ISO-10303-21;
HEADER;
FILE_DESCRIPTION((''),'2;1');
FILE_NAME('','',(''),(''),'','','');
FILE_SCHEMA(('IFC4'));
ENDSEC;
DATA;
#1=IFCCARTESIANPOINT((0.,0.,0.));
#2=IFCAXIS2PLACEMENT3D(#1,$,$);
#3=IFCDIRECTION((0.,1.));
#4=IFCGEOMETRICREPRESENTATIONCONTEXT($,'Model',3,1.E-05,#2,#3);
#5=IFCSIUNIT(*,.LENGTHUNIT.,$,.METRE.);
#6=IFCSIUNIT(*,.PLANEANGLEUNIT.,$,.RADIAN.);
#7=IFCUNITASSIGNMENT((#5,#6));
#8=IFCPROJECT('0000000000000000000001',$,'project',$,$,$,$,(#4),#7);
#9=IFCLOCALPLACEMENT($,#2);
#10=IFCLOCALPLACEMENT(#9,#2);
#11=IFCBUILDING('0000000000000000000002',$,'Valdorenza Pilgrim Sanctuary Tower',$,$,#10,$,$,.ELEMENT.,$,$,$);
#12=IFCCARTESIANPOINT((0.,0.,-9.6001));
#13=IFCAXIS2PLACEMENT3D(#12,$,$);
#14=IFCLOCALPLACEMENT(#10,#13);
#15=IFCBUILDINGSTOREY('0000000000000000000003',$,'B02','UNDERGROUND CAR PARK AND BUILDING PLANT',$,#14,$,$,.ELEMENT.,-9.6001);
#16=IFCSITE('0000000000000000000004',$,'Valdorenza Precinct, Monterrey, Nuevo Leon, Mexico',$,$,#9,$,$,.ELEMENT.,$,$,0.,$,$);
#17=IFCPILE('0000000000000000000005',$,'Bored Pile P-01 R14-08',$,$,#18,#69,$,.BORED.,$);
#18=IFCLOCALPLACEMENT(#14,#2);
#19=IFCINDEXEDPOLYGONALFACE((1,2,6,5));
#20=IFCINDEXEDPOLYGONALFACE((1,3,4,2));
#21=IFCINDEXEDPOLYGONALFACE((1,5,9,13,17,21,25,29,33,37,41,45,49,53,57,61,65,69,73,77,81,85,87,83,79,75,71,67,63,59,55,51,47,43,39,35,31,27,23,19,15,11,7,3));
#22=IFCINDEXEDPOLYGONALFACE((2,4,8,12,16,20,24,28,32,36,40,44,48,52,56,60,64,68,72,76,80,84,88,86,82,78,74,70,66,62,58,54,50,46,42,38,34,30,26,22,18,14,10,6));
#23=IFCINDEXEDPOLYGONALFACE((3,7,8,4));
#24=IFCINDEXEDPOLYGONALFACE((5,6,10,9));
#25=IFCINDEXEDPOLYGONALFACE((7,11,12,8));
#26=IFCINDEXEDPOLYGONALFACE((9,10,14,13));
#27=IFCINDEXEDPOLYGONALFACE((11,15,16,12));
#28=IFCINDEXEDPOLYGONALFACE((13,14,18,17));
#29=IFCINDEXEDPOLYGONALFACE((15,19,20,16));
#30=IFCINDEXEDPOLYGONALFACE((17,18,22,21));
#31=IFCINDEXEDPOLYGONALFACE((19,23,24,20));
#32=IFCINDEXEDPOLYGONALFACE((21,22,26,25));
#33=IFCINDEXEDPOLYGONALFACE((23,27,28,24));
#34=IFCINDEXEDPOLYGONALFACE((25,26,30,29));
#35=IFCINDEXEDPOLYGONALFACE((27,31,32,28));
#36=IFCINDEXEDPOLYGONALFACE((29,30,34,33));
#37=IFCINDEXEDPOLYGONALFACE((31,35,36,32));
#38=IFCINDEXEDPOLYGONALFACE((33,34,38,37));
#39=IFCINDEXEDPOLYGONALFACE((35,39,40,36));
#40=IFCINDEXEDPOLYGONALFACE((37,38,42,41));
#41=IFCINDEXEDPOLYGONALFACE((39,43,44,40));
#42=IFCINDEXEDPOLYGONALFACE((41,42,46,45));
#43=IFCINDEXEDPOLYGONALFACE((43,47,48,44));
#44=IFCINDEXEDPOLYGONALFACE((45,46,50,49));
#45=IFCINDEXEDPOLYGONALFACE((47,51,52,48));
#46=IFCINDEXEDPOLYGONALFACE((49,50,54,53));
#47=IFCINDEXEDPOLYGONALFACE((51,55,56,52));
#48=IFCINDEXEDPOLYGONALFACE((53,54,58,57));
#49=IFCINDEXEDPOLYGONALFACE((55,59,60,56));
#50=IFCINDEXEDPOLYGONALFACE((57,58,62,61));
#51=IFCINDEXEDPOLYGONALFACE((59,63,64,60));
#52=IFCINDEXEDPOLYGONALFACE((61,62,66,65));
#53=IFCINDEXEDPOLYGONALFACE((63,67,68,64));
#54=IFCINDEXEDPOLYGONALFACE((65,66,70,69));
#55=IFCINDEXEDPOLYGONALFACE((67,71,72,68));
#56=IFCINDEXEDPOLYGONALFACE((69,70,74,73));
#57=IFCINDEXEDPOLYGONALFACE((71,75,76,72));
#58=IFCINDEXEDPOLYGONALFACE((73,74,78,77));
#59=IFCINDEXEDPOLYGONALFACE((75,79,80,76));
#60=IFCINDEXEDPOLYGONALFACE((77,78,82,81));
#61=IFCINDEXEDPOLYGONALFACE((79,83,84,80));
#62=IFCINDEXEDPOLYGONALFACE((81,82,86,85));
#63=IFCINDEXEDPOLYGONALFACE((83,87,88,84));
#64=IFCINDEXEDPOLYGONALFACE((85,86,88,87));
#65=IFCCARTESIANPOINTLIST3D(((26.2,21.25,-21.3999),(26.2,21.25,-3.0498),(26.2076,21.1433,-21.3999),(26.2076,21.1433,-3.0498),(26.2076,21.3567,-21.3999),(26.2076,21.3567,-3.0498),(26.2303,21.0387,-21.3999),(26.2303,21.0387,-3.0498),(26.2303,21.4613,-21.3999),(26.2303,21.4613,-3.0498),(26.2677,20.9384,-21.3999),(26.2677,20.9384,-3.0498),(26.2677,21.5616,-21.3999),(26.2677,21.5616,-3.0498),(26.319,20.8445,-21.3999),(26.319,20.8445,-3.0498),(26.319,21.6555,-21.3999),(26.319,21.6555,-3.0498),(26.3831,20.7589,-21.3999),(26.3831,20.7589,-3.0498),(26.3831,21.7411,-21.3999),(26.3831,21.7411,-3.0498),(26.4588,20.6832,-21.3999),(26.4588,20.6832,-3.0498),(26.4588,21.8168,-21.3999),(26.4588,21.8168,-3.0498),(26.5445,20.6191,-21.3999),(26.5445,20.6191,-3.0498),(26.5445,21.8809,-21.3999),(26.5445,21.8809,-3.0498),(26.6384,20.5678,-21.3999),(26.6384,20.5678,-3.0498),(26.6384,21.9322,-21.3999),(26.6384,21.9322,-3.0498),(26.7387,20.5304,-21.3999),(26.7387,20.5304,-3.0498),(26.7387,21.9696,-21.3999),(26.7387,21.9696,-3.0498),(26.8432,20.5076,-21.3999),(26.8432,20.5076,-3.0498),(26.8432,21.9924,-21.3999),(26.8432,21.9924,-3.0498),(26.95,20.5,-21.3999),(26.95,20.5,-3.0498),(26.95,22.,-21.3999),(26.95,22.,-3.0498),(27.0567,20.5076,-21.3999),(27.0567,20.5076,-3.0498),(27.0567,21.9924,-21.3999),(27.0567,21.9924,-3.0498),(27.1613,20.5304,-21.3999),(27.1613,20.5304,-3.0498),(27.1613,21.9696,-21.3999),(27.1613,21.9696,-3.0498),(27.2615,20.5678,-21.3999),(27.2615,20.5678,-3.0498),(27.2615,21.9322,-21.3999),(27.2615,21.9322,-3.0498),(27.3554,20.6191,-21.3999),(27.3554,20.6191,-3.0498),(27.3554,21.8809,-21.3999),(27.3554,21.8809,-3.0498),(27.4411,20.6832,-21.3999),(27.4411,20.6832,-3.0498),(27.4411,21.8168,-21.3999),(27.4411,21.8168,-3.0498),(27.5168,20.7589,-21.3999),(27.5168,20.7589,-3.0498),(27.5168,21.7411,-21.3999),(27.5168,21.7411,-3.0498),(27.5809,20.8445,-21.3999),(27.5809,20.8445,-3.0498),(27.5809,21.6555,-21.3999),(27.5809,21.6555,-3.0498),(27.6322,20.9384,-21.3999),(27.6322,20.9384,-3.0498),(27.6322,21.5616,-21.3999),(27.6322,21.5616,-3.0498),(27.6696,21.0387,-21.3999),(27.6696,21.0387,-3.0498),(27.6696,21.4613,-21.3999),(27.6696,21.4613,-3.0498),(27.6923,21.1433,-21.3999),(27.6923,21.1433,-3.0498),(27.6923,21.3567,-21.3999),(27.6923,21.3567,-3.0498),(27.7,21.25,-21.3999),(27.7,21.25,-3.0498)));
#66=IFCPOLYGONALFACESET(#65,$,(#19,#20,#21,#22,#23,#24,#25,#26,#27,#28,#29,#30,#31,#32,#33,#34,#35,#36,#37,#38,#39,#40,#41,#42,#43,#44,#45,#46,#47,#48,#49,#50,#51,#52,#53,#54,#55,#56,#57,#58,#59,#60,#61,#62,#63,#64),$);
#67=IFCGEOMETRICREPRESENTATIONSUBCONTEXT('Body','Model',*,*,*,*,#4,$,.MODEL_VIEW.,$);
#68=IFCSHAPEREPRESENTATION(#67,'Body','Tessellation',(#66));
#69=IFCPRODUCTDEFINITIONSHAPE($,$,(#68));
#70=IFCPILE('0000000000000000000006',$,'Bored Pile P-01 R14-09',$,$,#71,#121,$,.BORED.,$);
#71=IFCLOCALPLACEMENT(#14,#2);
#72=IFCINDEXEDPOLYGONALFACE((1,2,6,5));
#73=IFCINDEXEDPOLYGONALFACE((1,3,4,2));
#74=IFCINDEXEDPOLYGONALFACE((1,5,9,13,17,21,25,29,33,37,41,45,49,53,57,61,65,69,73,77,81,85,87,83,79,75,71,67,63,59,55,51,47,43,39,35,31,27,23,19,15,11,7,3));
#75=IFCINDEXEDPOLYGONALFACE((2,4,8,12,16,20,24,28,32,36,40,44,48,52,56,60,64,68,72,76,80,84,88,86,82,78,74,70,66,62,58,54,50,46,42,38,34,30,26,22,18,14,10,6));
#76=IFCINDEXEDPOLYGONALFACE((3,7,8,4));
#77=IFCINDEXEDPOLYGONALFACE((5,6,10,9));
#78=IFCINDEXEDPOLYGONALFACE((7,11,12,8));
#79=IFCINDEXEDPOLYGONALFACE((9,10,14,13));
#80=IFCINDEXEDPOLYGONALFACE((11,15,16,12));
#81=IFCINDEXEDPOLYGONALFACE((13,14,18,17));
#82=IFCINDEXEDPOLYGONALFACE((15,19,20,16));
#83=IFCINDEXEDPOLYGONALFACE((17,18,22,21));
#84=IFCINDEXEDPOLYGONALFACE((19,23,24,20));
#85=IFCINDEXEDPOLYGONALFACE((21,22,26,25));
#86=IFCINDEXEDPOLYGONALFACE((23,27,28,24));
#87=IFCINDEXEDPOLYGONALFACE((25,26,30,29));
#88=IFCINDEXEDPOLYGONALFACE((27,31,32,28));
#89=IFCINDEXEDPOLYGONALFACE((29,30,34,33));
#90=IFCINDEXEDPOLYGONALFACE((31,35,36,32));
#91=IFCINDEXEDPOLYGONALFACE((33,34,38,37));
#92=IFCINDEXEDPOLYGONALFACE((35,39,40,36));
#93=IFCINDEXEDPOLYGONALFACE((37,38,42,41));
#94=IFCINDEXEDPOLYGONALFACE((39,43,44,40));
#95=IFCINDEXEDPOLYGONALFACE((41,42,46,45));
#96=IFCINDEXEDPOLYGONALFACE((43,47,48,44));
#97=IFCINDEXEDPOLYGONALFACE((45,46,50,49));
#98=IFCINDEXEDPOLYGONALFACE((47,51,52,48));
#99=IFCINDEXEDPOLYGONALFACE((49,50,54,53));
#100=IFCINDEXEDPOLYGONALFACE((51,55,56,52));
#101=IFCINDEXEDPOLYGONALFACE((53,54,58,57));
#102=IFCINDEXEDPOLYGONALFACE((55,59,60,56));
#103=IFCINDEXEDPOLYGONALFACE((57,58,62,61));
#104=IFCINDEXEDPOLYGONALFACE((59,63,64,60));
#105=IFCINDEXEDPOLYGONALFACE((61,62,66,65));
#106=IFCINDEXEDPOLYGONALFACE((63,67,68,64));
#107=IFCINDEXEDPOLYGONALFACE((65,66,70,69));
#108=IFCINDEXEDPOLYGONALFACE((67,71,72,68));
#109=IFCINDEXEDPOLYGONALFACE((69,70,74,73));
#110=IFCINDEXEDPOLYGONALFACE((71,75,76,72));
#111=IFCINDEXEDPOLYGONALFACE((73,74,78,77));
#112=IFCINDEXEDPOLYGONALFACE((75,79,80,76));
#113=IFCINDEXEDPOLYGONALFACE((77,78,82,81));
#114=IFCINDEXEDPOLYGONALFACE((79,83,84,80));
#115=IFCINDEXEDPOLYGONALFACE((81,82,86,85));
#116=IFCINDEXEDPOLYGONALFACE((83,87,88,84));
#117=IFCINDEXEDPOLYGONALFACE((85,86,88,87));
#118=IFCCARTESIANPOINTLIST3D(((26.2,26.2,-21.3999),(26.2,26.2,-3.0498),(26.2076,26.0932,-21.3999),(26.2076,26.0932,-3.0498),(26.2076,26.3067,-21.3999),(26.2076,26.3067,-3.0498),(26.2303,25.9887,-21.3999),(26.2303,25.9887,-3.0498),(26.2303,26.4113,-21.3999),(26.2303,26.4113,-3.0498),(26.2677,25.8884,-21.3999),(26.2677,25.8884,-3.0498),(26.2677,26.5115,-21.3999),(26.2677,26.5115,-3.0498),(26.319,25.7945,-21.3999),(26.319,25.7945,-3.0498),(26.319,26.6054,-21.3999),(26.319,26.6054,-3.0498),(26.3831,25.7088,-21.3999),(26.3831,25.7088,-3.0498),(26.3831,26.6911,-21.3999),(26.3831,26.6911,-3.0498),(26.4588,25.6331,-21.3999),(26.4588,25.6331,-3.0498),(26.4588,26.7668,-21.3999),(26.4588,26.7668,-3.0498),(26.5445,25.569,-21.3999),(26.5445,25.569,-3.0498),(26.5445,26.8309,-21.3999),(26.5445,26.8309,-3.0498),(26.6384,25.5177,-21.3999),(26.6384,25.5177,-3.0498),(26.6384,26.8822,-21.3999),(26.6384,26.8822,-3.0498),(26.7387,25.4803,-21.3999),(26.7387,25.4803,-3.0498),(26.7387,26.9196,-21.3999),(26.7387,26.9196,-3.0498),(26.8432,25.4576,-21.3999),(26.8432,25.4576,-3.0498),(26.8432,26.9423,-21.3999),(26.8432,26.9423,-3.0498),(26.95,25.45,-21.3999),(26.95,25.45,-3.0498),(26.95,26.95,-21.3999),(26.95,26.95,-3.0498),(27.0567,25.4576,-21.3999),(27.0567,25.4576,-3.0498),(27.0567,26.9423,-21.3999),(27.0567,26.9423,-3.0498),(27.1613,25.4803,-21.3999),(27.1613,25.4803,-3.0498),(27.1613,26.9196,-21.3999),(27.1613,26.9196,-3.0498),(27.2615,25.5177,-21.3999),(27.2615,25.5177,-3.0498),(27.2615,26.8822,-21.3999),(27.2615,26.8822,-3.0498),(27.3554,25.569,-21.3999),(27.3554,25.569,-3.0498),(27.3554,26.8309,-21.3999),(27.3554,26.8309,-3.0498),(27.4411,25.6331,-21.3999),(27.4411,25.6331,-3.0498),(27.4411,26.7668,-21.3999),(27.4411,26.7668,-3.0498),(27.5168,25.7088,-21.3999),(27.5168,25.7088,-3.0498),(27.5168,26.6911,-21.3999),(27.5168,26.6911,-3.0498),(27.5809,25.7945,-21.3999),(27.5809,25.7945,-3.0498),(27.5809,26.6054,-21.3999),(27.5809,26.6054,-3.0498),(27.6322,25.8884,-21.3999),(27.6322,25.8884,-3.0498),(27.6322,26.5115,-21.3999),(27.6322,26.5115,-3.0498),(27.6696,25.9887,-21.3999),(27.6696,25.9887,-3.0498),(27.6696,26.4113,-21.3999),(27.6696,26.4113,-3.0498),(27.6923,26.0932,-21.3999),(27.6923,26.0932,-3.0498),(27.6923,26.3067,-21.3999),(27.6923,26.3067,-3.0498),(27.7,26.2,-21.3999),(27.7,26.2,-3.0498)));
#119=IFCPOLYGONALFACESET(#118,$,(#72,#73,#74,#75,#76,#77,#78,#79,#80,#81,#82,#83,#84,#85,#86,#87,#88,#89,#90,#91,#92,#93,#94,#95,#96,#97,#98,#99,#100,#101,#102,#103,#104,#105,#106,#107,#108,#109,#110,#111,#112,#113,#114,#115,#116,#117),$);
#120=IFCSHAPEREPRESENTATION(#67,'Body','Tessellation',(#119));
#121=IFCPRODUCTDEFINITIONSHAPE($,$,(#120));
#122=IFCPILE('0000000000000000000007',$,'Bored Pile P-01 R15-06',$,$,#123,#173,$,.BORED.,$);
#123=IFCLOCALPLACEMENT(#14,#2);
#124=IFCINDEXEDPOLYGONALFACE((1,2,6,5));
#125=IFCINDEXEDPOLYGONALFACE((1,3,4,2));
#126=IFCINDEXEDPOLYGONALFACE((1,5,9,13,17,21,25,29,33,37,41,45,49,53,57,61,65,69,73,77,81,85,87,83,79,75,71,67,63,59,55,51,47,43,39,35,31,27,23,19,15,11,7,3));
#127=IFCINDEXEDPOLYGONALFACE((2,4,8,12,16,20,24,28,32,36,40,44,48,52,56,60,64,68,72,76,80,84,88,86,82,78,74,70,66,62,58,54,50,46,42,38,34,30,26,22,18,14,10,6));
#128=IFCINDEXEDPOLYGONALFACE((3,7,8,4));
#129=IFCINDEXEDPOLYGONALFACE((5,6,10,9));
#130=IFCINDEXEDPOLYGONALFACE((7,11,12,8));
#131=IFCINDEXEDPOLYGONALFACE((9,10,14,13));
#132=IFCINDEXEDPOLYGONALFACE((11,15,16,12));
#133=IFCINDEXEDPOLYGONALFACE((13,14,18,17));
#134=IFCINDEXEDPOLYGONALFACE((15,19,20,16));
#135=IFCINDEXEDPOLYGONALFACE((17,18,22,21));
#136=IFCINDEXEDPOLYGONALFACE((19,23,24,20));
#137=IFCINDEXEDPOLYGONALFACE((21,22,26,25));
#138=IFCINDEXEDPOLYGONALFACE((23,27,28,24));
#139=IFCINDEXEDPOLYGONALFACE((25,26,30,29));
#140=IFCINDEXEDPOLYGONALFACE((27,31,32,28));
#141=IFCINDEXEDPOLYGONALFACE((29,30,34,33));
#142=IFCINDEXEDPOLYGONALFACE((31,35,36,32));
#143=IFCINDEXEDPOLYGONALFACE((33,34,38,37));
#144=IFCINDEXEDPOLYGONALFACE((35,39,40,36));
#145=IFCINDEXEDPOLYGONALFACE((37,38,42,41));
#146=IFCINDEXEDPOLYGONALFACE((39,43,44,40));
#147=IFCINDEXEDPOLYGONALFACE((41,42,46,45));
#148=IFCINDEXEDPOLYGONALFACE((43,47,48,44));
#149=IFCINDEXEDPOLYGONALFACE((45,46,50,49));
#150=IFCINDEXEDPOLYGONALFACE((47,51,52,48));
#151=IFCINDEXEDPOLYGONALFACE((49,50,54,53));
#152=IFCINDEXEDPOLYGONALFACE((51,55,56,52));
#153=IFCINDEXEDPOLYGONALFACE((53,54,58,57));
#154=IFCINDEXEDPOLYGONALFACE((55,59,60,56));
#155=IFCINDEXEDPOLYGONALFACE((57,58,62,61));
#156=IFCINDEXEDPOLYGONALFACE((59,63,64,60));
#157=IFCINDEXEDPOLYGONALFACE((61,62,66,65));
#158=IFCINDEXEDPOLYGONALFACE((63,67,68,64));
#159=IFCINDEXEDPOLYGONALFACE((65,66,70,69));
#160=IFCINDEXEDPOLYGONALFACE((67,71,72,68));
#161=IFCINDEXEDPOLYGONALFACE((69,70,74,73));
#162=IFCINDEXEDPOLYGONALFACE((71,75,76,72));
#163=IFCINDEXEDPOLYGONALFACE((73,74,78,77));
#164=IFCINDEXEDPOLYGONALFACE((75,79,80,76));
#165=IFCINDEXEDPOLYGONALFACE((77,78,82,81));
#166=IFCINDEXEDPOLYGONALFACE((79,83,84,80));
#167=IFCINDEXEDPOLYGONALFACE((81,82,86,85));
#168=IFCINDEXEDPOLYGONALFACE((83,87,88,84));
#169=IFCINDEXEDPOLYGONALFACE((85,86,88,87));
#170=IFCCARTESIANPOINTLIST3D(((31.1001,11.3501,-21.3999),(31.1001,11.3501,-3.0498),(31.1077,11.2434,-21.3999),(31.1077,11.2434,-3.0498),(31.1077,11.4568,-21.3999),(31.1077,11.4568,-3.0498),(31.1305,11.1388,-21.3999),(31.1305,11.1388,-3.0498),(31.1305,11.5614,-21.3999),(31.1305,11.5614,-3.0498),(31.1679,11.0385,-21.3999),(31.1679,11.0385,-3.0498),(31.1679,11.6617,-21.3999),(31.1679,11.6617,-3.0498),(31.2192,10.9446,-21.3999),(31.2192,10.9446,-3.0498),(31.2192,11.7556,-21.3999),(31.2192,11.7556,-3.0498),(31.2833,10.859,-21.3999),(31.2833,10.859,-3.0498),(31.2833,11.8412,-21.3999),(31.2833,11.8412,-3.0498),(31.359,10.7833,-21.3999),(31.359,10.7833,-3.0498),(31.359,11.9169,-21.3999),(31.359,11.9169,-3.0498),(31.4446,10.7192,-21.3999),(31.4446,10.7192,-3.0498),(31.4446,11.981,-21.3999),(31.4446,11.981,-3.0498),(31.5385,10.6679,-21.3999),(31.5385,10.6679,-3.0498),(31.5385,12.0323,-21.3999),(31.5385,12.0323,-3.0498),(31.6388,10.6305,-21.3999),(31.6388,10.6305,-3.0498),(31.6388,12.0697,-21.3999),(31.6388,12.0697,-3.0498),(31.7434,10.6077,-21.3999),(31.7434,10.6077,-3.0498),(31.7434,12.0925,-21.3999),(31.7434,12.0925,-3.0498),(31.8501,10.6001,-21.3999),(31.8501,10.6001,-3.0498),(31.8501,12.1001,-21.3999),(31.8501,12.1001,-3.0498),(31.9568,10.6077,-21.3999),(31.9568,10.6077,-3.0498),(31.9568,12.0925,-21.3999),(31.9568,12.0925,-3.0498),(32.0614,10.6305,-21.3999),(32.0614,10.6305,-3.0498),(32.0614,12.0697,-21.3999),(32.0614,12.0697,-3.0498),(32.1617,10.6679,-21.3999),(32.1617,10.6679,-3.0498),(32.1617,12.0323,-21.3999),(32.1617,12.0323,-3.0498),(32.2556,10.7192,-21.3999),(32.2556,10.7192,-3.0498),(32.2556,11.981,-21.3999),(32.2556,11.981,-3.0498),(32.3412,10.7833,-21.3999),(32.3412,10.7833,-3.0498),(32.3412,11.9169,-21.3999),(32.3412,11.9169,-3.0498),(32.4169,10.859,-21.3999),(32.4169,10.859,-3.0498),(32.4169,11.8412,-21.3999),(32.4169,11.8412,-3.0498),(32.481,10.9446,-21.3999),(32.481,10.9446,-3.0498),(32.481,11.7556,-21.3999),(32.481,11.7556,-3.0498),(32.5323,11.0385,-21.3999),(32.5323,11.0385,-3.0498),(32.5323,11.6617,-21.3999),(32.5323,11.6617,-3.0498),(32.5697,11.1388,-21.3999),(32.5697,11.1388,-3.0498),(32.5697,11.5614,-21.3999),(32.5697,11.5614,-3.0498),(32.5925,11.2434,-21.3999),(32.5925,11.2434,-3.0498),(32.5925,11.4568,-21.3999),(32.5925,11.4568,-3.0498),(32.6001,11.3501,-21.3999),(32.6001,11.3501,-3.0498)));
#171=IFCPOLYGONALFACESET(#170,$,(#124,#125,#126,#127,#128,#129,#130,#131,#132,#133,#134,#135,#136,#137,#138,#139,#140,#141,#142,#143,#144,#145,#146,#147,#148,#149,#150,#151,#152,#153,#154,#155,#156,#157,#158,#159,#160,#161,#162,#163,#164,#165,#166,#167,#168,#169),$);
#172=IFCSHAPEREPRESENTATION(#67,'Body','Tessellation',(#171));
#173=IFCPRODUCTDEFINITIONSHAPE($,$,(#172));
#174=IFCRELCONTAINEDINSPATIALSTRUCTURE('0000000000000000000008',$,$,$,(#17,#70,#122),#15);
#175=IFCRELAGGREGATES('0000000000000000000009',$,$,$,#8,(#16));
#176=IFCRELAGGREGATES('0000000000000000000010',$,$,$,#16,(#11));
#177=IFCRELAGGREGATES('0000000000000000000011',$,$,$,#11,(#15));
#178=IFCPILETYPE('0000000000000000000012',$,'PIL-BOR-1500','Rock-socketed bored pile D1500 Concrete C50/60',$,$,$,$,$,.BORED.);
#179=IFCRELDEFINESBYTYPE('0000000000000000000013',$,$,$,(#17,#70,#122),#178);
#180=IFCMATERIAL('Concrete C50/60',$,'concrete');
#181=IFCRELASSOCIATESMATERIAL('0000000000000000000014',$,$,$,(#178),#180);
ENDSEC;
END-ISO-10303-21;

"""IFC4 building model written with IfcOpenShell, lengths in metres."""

from ifc_helpers import new_model, si_unit, direction, frame, origin, origin_2d, place, context, subcontext, project, spatial, circle, extrude, source, transform, mapped, material, material_profile, profile_set, type_object, element, save


model = new_model("IFC4")

# Units and contexts
model_context = context("Model", 3, precision=1e-05, world=origin(), true_north=direction((0.0, 1.0)))
body_context = subcontext(model_context, "Body", "Model", "MODEL_VIEW")
ifc_project = project(units=[si_unit("LENGTHUNIT", "METRE"), si_unit("PLANEANGLEUNIT", "RADIAN")], contexts=[model_context])

# Site, building, storey
site_placement = place(None, origin())
site = spatial("IfcSite", under=ifc_project, at=site_placement, Name="Valdorenza Precinct, Monterrey, Nuevo Leon, Mexico", CompositionType="ELEMENT", RefElevation=0.0)
building_placement = place(site_placement, origin())
building = spatial("IfcBuilding", under=site, at=building_placement, Name="Valdorenza Pilgrim Sanctuary Tower", CompositionType="ELEMENT")
storey_placement = place(building_placement, frame((0.0, 0.0, -9.6001)))
storey = spatial("IfcBuildingStorey", under=building, at=storey_placement, Name="B02", Description="UNDERGROUND CAR PARK AND BUILDING PLANT", CompositionType="ELEMENT", Elevation=-9.6001)

# Piles
ifc_material_1 = material(Name="Concrete C50/60", Category="concrete")
ifc_material_profile_1 = material_profile(ifc_material_1, circle(Radius=0.75, at=origin_2d()), Name="BORED PILE 1500")
ifc_profile_set_1 = profile_set([ifc_material_profile_1], Name="Concrete C50/60")
pile_type = type_object("IfcPileType", Name="PIL-BOR-1500", Description="Rock-socketed bored pile D1500 Concrete C50/60", PredefinedType="BORED", material=ifc_profile_set_1)
shared_shape_1 = source(origin(), body_context, "Body", "SweptSolid", [
    extrude(circle(Radius=0.75, at=origin_2d()), origin(), (0.0, 0.0, 1.0), 18.3501),
])
for number, where, z_axis, x_axis, name in (
    (1, (26.95, 21.25, -3.0498), (0.0, 0.0, -1.0), (1.0, 0.0, 0.0), "Bored Pile P-01 R14-08"),
    (2, (26.95, 26.2, -3.0498), (0.0, 0.0, -1.0), (1.0, 0.0, 0.0), "Bored Pile P-01 R14-09"),
    (3, (31.8501, 11.3501, -3.0498), (0.0, 0.0, -1.0), (1.0, 0.0, 0.0), "Bored Pile P-01 R15-06"),
):
    element("IfcPile", number, at=place(storey_placement, frame(where, z_axis=z_axis, x_axis=x_axis)), inside=storey, type_object=pile_type, Name=name, PredefinedType="BORED", context=body_context, shape_type="MappedRepresentation", body=[
        mapped(shared_shape_1, transform((0.0, 0.0, 0.0), x_axis=(1.0, 0.0, 0.0), y_axis=(0.0, 1.0, 0.0), z_axis=(0.0, 0.0, 1.0), scale=1.0)),
    ])

save(model, "model.ifc")
